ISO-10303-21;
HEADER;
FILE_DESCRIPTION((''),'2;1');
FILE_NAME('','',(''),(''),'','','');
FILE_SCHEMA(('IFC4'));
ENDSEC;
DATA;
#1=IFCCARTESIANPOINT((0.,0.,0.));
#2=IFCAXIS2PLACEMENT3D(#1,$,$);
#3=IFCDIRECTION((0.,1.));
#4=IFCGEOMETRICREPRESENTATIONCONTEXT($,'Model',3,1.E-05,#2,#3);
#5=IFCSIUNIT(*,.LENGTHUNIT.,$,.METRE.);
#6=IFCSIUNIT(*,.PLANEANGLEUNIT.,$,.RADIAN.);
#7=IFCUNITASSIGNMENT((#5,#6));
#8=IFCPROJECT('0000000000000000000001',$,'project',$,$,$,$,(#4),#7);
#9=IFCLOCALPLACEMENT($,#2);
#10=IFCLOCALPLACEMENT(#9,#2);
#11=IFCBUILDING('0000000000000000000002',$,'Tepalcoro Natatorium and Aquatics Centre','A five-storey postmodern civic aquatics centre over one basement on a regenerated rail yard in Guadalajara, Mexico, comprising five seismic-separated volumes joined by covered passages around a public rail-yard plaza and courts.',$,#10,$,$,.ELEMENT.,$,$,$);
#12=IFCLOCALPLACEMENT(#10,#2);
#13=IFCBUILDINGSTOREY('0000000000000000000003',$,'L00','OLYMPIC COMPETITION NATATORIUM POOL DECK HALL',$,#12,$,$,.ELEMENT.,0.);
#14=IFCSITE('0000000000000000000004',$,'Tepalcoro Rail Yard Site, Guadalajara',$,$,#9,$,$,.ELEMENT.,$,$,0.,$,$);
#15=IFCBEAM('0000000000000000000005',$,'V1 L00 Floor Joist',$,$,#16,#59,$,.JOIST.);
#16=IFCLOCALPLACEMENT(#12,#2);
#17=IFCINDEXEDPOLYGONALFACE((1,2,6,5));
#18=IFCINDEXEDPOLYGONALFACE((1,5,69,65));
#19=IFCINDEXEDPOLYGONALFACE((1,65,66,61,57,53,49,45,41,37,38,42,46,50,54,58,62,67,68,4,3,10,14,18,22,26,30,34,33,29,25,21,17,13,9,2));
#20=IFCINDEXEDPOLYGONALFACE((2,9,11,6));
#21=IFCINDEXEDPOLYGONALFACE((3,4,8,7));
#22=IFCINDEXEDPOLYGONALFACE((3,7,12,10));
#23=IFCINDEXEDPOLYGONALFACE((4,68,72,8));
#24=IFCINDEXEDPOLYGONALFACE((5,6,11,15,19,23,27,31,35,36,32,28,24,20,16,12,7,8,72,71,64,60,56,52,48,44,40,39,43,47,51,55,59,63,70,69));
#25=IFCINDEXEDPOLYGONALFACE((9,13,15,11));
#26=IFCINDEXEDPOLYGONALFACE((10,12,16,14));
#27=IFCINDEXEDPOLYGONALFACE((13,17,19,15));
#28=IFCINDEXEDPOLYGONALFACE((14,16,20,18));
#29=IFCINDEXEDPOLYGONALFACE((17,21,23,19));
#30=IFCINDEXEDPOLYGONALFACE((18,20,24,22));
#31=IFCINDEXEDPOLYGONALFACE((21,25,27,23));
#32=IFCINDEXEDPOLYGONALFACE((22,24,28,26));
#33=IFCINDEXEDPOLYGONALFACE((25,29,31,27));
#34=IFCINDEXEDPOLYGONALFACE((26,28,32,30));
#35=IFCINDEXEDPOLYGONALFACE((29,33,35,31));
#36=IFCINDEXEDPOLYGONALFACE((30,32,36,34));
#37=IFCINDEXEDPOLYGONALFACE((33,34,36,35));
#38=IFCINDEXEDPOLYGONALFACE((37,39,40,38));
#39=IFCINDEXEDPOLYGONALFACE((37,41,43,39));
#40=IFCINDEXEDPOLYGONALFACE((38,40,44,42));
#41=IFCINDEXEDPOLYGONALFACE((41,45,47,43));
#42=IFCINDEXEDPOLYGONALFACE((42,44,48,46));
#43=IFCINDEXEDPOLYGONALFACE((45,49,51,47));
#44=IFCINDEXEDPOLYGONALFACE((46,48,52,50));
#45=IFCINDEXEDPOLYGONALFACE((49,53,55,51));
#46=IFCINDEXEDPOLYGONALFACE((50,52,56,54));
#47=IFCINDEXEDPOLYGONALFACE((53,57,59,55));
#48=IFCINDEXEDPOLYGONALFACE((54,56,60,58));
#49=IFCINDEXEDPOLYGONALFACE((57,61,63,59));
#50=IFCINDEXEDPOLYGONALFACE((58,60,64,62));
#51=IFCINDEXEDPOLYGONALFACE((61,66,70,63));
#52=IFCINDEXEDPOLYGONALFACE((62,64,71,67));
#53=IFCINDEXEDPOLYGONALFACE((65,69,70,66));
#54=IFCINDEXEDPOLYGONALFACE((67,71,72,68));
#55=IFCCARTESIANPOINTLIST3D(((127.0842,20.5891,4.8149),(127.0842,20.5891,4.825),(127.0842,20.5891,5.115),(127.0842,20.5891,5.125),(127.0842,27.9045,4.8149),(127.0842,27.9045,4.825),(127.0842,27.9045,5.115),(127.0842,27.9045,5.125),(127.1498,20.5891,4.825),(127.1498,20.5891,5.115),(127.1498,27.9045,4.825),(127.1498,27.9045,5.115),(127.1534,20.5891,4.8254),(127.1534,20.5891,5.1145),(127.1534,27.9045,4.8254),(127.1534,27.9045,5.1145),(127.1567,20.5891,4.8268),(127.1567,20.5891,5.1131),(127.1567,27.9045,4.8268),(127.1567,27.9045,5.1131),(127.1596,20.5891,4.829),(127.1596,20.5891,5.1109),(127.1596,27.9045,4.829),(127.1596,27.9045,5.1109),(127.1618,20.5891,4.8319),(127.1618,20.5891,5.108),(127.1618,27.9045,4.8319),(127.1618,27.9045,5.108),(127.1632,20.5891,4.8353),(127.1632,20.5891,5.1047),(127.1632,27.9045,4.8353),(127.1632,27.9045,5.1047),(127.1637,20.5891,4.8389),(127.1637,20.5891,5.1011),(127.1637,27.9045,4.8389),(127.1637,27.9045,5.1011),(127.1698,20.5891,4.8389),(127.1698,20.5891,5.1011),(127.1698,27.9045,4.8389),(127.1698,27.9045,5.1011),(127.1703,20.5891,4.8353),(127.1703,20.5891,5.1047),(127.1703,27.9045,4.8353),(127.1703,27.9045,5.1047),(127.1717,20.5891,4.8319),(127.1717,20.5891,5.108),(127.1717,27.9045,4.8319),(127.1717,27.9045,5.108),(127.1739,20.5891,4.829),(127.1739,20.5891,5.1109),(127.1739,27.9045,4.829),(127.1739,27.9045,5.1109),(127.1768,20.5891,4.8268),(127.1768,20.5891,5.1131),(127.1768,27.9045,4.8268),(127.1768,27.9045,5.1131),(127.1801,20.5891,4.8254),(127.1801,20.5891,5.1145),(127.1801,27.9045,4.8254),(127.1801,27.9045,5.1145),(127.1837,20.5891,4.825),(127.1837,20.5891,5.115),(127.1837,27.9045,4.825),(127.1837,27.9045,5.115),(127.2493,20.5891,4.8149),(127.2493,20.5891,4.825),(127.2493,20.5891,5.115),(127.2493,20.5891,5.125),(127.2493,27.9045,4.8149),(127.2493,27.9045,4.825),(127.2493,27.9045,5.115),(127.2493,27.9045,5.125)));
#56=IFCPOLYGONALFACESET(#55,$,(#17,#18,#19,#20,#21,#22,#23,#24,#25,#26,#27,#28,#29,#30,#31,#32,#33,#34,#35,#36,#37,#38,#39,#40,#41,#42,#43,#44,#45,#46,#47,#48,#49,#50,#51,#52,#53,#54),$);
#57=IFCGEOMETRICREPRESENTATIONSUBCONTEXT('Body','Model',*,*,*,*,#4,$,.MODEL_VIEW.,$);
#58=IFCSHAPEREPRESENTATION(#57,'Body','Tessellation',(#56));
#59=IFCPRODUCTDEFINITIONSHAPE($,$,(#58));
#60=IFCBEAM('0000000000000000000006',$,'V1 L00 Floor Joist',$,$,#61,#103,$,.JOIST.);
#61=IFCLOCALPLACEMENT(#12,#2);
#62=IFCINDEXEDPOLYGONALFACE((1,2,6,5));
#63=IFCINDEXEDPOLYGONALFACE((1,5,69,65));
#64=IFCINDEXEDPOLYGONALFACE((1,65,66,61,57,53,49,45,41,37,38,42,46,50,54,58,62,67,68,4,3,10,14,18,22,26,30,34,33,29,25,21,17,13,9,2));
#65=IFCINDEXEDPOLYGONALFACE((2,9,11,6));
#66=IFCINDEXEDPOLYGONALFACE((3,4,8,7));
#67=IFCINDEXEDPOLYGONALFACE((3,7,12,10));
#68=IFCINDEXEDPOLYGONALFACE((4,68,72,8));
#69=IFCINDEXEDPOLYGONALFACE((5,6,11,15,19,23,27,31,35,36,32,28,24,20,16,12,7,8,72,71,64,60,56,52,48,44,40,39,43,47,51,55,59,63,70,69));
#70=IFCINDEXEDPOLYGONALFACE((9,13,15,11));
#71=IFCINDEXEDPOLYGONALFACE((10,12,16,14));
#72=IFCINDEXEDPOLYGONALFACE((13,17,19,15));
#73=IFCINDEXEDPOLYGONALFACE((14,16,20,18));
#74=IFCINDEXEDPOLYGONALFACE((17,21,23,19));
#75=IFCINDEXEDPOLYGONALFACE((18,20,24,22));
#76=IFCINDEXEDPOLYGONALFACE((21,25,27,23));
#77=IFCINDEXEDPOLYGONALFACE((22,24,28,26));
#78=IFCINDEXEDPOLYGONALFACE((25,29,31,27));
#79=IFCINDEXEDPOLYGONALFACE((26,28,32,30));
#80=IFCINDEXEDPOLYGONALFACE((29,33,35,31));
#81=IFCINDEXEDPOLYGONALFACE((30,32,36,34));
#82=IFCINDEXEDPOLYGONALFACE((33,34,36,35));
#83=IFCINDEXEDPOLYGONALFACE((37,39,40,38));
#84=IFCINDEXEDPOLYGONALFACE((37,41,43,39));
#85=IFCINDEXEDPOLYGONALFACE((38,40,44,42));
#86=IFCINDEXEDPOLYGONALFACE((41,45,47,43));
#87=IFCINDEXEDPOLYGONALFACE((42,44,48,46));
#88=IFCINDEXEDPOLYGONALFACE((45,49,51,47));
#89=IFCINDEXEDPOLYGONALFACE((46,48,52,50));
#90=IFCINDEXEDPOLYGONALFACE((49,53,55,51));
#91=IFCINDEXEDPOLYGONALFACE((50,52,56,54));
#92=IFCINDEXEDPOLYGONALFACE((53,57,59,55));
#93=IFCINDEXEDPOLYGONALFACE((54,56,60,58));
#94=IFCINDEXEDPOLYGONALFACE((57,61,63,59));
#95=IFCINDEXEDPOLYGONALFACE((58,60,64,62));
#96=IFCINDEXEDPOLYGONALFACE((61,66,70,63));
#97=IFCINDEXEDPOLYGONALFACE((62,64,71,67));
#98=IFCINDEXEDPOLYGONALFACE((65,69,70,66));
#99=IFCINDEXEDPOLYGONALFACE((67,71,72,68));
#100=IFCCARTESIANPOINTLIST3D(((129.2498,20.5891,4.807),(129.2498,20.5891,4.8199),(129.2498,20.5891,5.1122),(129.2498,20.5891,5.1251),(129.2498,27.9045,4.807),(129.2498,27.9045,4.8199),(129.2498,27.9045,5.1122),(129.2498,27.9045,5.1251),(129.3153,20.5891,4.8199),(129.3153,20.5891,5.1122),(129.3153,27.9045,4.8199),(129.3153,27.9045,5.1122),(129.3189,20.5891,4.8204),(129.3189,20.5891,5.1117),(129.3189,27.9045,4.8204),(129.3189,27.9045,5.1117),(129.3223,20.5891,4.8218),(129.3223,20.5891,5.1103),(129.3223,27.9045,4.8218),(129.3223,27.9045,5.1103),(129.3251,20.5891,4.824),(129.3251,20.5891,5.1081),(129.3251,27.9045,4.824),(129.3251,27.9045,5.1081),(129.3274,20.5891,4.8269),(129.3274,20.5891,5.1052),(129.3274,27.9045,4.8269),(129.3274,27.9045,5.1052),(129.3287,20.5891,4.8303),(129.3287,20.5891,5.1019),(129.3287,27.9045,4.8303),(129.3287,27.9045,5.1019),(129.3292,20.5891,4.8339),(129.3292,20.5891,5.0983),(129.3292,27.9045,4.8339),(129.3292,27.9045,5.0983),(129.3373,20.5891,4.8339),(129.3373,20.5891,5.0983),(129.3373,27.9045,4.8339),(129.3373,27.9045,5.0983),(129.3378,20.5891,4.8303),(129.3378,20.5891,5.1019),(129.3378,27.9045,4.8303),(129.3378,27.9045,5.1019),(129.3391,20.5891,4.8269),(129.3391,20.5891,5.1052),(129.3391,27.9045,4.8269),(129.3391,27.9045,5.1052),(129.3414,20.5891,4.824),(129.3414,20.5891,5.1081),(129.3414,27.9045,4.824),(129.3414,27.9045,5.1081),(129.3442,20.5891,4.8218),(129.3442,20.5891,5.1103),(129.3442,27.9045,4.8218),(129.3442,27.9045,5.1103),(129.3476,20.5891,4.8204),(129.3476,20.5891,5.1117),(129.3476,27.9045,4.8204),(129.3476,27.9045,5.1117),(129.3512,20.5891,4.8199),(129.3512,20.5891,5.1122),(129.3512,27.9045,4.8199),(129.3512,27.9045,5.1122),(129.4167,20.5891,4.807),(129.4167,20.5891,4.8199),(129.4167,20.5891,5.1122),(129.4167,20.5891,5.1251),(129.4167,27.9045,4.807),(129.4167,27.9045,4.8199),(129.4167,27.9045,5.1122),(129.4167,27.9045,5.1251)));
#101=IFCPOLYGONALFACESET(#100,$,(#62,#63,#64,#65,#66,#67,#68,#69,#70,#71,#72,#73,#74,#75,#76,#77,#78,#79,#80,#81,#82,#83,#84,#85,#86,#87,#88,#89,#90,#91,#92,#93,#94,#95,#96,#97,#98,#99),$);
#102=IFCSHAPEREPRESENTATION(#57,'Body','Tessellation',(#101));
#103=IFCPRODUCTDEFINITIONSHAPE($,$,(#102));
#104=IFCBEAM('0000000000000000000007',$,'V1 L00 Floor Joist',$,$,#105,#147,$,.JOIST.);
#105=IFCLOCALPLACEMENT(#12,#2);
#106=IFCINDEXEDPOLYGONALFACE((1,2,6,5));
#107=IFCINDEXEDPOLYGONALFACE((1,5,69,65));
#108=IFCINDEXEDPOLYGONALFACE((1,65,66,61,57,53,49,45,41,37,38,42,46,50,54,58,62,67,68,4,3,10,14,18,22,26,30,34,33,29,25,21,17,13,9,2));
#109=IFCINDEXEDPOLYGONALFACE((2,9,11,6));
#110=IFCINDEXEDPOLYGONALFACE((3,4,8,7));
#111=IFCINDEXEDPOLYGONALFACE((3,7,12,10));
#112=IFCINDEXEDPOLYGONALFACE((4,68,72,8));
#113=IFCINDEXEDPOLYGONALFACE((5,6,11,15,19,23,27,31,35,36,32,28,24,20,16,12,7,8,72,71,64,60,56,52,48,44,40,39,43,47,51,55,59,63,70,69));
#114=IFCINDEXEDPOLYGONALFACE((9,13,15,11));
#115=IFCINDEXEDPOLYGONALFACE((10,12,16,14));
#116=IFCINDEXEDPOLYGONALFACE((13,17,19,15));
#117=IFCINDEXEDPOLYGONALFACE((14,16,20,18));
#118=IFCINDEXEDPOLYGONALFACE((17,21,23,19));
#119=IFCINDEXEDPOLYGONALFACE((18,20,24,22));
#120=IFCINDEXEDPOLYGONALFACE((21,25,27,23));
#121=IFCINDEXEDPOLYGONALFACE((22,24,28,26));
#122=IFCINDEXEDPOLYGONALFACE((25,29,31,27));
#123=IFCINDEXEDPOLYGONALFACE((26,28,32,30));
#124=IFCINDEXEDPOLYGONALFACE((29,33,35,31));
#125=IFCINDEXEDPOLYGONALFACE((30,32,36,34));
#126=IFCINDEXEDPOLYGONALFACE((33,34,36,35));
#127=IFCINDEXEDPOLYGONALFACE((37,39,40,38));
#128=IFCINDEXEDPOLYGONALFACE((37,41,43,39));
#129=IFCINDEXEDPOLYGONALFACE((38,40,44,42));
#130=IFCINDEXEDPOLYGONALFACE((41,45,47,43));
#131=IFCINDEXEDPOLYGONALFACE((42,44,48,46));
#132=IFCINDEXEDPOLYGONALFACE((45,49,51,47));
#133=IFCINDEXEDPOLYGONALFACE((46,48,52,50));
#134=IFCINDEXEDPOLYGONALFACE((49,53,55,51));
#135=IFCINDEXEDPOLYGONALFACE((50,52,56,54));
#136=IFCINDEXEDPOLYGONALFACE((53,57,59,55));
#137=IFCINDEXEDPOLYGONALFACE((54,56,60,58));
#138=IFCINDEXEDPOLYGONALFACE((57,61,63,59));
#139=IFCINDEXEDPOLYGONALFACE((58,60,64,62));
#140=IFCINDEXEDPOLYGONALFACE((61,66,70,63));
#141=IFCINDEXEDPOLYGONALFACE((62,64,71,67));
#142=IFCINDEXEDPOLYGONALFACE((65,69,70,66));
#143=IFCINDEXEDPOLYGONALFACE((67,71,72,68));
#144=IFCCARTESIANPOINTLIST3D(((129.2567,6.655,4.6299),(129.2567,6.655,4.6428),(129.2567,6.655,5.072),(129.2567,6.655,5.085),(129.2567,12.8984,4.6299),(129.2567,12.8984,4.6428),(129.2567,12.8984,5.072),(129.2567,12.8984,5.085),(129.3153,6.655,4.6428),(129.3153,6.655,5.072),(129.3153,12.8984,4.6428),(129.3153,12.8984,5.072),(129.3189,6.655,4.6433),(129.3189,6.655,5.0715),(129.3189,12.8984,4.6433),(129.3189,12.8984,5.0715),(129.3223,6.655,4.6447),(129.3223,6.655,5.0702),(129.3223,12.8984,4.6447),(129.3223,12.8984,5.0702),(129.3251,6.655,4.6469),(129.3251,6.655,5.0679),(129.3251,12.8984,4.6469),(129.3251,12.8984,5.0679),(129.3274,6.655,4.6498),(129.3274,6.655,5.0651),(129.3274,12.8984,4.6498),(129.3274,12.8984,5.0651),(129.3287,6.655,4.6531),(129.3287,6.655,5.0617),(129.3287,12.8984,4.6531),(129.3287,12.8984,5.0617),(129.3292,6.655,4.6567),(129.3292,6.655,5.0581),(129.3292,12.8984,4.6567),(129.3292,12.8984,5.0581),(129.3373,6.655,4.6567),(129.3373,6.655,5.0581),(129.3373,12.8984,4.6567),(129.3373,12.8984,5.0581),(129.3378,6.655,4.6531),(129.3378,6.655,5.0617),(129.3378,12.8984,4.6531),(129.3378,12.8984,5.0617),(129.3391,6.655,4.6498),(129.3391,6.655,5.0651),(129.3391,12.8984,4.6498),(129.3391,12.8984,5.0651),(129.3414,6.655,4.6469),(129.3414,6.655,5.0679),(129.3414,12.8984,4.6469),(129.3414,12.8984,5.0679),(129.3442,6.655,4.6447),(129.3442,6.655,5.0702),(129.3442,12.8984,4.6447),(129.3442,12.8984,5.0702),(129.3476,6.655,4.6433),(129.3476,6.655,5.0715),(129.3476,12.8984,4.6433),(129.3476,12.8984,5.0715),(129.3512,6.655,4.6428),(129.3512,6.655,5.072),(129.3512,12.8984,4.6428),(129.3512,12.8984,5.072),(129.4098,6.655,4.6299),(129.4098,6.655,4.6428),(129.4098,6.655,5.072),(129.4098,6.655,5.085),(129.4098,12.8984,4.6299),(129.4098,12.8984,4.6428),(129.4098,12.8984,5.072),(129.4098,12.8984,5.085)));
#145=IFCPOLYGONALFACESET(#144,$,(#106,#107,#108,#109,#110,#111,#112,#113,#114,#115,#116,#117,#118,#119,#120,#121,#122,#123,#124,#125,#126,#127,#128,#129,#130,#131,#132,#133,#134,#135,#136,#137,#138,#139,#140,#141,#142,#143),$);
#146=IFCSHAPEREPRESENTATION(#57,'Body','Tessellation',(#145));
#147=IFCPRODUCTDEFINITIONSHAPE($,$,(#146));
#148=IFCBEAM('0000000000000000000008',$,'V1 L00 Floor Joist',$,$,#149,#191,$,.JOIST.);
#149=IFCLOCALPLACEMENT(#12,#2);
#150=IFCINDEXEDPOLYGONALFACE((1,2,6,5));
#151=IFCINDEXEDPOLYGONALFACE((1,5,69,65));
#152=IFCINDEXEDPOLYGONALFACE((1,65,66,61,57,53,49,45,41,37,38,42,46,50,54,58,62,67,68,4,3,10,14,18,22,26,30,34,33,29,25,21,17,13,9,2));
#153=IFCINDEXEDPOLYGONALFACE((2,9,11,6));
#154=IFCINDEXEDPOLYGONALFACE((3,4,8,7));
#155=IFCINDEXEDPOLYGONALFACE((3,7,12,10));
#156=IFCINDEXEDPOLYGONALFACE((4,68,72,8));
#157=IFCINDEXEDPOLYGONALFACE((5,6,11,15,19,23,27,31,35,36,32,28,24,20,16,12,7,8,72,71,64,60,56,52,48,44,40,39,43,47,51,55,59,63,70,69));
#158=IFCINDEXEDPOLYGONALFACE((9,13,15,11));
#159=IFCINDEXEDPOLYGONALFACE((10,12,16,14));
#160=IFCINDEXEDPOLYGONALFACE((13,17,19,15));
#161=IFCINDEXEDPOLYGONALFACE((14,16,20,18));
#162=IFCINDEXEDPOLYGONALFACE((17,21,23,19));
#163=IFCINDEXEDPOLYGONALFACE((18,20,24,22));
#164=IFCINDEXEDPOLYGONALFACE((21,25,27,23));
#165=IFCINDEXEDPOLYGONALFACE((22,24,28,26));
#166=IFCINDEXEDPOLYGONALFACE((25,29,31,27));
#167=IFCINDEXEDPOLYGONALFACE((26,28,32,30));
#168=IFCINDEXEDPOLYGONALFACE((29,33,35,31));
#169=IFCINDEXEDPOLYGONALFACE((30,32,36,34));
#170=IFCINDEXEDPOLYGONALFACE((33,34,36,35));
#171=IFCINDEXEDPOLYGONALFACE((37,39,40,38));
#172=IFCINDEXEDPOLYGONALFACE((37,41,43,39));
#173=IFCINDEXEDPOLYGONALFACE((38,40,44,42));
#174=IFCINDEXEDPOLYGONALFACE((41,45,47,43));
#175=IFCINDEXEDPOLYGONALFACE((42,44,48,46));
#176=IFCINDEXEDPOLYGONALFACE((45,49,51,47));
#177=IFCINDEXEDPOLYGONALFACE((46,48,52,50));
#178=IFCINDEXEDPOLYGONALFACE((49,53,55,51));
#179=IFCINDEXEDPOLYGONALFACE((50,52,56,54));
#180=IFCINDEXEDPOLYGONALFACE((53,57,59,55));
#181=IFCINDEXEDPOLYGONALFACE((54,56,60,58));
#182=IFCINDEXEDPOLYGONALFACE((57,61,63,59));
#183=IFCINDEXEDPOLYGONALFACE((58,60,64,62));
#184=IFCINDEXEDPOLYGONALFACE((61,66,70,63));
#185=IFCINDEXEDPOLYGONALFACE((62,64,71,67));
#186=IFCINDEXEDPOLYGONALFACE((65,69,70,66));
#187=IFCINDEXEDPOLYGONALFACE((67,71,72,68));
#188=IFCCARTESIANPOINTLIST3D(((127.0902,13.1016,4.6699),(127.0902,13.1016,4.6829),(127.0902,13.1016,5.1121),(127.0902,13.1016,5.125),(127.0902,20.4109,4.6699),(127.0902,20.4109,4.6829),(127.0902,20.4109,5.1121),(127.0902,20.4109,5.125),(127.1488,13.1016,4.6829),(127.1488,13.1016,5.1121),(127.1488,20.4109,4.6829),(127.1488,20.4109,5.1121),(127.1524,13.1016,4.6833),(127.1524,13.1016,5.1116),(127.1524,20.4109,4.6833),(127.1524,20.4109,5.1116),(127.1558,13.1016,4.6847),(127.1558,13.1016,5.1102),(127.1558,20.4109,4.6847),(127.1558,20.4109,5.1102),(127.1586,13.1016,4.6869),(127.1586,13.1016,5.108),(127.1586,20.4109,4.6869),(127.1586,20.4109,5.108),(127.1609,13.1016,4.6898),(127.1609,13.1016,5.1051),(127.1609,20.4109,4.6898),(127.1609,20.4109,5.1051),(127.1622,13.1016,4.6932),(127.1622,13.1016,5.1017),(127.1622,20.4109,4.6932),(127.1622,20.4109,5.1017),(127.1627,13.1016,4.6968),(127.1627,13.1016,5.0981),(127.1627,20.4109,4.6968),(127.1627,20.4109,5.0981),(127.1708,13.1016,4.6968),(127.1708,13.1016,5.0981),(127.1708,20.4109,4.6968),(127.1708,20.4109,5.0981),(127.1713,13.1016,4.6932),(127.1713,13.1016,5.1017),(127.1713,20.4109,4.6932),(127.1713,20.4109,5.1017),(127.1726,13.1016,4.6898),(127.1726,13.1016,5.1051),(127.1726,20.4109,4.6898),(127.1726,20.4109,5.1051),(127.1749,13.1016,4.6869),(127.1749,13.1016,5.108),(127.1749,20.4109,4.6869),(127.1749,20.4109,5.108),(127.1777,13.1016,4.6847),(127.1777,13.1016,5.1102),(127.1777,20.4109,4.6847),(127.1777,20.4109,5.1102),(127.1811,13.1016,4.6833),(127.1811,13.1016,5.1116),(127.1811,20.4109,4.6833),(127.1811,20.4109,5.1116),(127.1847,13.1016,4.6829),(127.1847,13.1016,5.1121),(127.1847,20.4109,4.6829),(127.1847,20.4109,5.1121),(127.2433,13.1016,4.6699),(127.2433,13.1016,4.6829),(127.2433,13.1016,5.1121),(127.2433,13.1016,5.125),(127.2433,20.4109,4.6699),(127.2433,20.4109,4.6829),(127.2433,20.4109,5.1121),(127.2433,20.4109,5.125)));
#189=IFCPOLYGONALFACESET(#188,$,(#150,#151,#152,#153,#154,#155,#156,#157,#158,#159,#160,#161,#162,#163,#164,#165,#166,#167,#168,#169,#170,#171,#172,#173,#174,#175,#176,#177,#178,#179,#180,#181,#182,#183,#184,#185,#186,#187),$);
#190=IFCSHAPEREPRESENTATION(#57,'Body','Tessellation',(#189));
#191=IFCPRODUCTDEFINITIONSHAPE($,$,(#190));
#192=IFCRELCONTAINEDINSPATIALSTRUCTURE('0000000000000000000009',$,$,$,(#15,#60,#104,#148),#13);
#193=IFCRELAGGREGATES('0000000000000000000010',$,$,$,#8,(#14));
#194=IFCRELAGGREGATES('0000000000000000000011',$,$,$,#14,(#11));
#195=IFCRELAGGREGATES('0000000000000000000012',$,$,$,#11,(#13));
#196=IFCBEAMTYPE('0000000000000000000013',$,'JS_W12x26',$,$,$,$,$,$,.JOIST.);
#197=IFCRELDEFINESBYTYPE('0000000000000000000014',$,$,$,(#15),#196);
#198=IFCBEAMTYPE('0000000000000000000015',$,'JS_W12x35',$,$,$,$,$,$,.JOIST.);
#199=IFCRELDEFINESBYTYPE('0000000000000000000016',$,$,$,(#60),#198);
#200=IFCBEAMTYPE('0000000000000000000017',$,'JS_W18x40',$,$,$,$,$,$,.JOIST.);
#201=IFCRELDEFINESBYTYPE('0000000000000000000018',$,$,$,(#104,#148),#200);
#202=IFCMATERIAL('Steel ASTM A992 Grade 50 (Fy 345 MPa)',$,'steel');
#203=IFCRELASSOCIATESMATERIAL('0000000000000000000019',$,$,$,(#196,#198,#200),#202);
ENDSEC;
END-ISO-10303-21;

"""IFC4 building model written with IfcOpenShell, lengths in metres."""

from ifc_helpers import new_model, si_unit, direction, frame, origin, origin_2d, place, context, subcontext, project, spatial, i_section, extrude, material, material_profile, profile_set, type_object, element, save


model = new_model("IFC4")

# Units and contexts
model_context = context("Model", 3, precision=1e-05, world=origin(), true_north=direction((0.0, 1.0)))
body_context = subcontext(model_context, "Body", "Model", "MODEL_VIEW")
ifc_project = project(units=[si_unit("LENGTHUNIT", "METRE"), si_unit("PLANEANGLEUNIT", "RADIAN")], contexts=[model_context])

# Site, building, storey
site_placement = place(None, origin())
site = spatial("IfcSite", under=ifc_project, at=site_placement, Name="Tepalcoro Rail Yard Site, Guadalajara", CompositionType="ELEMENT", RefElevation=0.0)
building_placement = place(site_placement, origin())
building = spatial("IfcBuilding", under=site, at=building_placement, Name="Tepalcoro Natatorium and Aquatics Centre", Description="A five-storey postmodern civic aquatics centre over one basement on a regenerated rail yard in Guadalajara, Mexico, comprising five seismic-separated volumes joined by covered passages around a public rail-yard plaza and courts.", CompositionType="ELEMENT")
storey_placement = place(building_placement, origin())
storey = spatial("IfcBuildingStorey", under=building, at=storey_placement, Name="L00", Description="OLYMPIC COMPETITION NATATORIUM POOL DECK HALL", CompositionType="ELEMENT", Elevation=0.0)

# Shared definitions
ifc_material_1 = material(Name="Steel ASTM A992 Grade 50 (Fy 345 MPa)", Category="steel")

# Beams
ifc_material_profile_1 = material_profile(ifc_material_1, i_section(OverallWidth=0.165, OverallDepth=0.3101, WebThickness=0.0061, FlangeThickness=0.01, FilletRadius=0.0139, at=origin_2d()), Name="W12X26")
ifc_profile_set_1 = profile_set([ifc_material_profile_1], Name="Steel ASTM A992 Grade 50 (Fy 345 MPa)")
beam_type_1 = type_object("IfcBeamType", Name="JS_W12x26", PredefinedType="JOIST", material=ifc_profile_set_1)
beam_1_placement = place(storey_placement, frame((127.1667, 20.5891, 4.97), z_axis=(0.0, 1.0, 0.0), x_axis=(-1.0, 0.0, 0.0)))
element("IfcBeam", 1, at=beam_1_placement, inside=storey, type_object=beam_type_1, Name="V1 L00 Floor Joist", PredefinedType="JOIST", context=body_context, shape_type="SweptSolid", body=[
    extrude(i_section(OverallWidth=0.165, OverallDepth=0.3101, WebThickness=0.0061, FlangeThickness=0.01, FilletRadius=0.0139, at=origin_2d()), origin(), (0.0, 0.0, 1.0), 7.3154),
])
ifc_material_profile_2 = material_profile(ifc_material_1, i_section(OverallWidth=0.167, OverallDepth=0.3181, WebThickness=0.0081, FlangeThickness=0.0129, FilletRadius=0.0139, at=origin_2d()), Name="W12X35")
ifc_profile_set_2 = profile_set([ifc_material_profile_2], Name="Steel ASTM A992 Grade 50 (Fy 345 MPa)")
beam_type_2 = type_object("IfcBeamType", Name="JS_W12x35", PredefinedType="JOIST", material=ifc_profile_set_2)
beam_2_placement = place(storey_placement, frame((129.3333, 20.5891, 4.9661), z_axis=(0.0, 1.0, 0.0), x_axis=(-1.0, 0.0, 0.0)))
element("IfcBeam", 2, at=beam_2_placement, inside=storey, type_object=beam_type_2, Name="V1 L00 Floor Joist", PredefinedType="JOIST", context=body_context, shape_type="SweptSolid", body=[
    extrude(i_section(OverallWidth=0.167, OverallDepth=0.3181, WebThickness=0.0081, FlangeThickness=0.0129, FilletRadius=0.0139, at=origin_2d()), origin(), (0.0, 0.0, 1.0), 7.3154),
])
ifc_material_profile_3 = material_profile(ifc_material_1, i_section(OverallWidth=0.1531, OverallDepth=0.4551, WebThickness=0.0081, FlangeThickness=0.0129, FilletRadius=0.0139, at=origin_2d()), Name="W18X40")
ifc_profile_set_3 = profile_set([ifc_material_profile_3], Name="Steel ASTM A992 Grade 50 (Fy 345 MPa)")
beam_type_3 = type_object("IfcBeamType", Name="JS_W18x40", PredefinedType="JOIST", material=ifc_profile_set_3)
beam_3_placement = place(storey_placement, frame((129.3333, 6.655, 4.8574), z_axis=(0.0, 1.0, 0.0), x_axis=(-1.0, 0.0, 0.0)))
element("IfcBeam", 3, at=beam_3_placement, inside=storey, type_object=beam_type_3, Name="V1 L00 Floor Joist", PredefinedType="JOIST", context=body_context, shape_type="SweptSolid", body=[
    extrude(i_section(OverallWidth=0.1531, OverallDepth=0.4551, WebThickness=0.0081, FlangeThickness=0.0129, FilletRadius=0.0139, at=origin_2d()), origin(), (0.0, 0.0, 1.0), 6.2434),
])
beam_4_placement = place(storey_placement, frame((127.1667, 13.1016, 4.8975), z_axis=(0.0, 1.0, 0.0), x_axis=(-1.0, 0.0, 0.0)))
element("IfcBeam", 4, at=beam_4_placement, inside=storey, type_object=beam_type_3, Name="V1 L00 Floor Joist", PredefinedType="JOIST", context=body_context, shape_type="SweptSolid", body=[
    extrude(i_section(OverallWidth=0.1531, OverallDepth=0.4551, WebThickness=0.0081, FlangeThickness=0.0129, FilletRadius=0.0139, at=origin_2d()), origin(), (0.0, 0.0, 1.0), 7.3093),
])

save(model, "model.ifc")
